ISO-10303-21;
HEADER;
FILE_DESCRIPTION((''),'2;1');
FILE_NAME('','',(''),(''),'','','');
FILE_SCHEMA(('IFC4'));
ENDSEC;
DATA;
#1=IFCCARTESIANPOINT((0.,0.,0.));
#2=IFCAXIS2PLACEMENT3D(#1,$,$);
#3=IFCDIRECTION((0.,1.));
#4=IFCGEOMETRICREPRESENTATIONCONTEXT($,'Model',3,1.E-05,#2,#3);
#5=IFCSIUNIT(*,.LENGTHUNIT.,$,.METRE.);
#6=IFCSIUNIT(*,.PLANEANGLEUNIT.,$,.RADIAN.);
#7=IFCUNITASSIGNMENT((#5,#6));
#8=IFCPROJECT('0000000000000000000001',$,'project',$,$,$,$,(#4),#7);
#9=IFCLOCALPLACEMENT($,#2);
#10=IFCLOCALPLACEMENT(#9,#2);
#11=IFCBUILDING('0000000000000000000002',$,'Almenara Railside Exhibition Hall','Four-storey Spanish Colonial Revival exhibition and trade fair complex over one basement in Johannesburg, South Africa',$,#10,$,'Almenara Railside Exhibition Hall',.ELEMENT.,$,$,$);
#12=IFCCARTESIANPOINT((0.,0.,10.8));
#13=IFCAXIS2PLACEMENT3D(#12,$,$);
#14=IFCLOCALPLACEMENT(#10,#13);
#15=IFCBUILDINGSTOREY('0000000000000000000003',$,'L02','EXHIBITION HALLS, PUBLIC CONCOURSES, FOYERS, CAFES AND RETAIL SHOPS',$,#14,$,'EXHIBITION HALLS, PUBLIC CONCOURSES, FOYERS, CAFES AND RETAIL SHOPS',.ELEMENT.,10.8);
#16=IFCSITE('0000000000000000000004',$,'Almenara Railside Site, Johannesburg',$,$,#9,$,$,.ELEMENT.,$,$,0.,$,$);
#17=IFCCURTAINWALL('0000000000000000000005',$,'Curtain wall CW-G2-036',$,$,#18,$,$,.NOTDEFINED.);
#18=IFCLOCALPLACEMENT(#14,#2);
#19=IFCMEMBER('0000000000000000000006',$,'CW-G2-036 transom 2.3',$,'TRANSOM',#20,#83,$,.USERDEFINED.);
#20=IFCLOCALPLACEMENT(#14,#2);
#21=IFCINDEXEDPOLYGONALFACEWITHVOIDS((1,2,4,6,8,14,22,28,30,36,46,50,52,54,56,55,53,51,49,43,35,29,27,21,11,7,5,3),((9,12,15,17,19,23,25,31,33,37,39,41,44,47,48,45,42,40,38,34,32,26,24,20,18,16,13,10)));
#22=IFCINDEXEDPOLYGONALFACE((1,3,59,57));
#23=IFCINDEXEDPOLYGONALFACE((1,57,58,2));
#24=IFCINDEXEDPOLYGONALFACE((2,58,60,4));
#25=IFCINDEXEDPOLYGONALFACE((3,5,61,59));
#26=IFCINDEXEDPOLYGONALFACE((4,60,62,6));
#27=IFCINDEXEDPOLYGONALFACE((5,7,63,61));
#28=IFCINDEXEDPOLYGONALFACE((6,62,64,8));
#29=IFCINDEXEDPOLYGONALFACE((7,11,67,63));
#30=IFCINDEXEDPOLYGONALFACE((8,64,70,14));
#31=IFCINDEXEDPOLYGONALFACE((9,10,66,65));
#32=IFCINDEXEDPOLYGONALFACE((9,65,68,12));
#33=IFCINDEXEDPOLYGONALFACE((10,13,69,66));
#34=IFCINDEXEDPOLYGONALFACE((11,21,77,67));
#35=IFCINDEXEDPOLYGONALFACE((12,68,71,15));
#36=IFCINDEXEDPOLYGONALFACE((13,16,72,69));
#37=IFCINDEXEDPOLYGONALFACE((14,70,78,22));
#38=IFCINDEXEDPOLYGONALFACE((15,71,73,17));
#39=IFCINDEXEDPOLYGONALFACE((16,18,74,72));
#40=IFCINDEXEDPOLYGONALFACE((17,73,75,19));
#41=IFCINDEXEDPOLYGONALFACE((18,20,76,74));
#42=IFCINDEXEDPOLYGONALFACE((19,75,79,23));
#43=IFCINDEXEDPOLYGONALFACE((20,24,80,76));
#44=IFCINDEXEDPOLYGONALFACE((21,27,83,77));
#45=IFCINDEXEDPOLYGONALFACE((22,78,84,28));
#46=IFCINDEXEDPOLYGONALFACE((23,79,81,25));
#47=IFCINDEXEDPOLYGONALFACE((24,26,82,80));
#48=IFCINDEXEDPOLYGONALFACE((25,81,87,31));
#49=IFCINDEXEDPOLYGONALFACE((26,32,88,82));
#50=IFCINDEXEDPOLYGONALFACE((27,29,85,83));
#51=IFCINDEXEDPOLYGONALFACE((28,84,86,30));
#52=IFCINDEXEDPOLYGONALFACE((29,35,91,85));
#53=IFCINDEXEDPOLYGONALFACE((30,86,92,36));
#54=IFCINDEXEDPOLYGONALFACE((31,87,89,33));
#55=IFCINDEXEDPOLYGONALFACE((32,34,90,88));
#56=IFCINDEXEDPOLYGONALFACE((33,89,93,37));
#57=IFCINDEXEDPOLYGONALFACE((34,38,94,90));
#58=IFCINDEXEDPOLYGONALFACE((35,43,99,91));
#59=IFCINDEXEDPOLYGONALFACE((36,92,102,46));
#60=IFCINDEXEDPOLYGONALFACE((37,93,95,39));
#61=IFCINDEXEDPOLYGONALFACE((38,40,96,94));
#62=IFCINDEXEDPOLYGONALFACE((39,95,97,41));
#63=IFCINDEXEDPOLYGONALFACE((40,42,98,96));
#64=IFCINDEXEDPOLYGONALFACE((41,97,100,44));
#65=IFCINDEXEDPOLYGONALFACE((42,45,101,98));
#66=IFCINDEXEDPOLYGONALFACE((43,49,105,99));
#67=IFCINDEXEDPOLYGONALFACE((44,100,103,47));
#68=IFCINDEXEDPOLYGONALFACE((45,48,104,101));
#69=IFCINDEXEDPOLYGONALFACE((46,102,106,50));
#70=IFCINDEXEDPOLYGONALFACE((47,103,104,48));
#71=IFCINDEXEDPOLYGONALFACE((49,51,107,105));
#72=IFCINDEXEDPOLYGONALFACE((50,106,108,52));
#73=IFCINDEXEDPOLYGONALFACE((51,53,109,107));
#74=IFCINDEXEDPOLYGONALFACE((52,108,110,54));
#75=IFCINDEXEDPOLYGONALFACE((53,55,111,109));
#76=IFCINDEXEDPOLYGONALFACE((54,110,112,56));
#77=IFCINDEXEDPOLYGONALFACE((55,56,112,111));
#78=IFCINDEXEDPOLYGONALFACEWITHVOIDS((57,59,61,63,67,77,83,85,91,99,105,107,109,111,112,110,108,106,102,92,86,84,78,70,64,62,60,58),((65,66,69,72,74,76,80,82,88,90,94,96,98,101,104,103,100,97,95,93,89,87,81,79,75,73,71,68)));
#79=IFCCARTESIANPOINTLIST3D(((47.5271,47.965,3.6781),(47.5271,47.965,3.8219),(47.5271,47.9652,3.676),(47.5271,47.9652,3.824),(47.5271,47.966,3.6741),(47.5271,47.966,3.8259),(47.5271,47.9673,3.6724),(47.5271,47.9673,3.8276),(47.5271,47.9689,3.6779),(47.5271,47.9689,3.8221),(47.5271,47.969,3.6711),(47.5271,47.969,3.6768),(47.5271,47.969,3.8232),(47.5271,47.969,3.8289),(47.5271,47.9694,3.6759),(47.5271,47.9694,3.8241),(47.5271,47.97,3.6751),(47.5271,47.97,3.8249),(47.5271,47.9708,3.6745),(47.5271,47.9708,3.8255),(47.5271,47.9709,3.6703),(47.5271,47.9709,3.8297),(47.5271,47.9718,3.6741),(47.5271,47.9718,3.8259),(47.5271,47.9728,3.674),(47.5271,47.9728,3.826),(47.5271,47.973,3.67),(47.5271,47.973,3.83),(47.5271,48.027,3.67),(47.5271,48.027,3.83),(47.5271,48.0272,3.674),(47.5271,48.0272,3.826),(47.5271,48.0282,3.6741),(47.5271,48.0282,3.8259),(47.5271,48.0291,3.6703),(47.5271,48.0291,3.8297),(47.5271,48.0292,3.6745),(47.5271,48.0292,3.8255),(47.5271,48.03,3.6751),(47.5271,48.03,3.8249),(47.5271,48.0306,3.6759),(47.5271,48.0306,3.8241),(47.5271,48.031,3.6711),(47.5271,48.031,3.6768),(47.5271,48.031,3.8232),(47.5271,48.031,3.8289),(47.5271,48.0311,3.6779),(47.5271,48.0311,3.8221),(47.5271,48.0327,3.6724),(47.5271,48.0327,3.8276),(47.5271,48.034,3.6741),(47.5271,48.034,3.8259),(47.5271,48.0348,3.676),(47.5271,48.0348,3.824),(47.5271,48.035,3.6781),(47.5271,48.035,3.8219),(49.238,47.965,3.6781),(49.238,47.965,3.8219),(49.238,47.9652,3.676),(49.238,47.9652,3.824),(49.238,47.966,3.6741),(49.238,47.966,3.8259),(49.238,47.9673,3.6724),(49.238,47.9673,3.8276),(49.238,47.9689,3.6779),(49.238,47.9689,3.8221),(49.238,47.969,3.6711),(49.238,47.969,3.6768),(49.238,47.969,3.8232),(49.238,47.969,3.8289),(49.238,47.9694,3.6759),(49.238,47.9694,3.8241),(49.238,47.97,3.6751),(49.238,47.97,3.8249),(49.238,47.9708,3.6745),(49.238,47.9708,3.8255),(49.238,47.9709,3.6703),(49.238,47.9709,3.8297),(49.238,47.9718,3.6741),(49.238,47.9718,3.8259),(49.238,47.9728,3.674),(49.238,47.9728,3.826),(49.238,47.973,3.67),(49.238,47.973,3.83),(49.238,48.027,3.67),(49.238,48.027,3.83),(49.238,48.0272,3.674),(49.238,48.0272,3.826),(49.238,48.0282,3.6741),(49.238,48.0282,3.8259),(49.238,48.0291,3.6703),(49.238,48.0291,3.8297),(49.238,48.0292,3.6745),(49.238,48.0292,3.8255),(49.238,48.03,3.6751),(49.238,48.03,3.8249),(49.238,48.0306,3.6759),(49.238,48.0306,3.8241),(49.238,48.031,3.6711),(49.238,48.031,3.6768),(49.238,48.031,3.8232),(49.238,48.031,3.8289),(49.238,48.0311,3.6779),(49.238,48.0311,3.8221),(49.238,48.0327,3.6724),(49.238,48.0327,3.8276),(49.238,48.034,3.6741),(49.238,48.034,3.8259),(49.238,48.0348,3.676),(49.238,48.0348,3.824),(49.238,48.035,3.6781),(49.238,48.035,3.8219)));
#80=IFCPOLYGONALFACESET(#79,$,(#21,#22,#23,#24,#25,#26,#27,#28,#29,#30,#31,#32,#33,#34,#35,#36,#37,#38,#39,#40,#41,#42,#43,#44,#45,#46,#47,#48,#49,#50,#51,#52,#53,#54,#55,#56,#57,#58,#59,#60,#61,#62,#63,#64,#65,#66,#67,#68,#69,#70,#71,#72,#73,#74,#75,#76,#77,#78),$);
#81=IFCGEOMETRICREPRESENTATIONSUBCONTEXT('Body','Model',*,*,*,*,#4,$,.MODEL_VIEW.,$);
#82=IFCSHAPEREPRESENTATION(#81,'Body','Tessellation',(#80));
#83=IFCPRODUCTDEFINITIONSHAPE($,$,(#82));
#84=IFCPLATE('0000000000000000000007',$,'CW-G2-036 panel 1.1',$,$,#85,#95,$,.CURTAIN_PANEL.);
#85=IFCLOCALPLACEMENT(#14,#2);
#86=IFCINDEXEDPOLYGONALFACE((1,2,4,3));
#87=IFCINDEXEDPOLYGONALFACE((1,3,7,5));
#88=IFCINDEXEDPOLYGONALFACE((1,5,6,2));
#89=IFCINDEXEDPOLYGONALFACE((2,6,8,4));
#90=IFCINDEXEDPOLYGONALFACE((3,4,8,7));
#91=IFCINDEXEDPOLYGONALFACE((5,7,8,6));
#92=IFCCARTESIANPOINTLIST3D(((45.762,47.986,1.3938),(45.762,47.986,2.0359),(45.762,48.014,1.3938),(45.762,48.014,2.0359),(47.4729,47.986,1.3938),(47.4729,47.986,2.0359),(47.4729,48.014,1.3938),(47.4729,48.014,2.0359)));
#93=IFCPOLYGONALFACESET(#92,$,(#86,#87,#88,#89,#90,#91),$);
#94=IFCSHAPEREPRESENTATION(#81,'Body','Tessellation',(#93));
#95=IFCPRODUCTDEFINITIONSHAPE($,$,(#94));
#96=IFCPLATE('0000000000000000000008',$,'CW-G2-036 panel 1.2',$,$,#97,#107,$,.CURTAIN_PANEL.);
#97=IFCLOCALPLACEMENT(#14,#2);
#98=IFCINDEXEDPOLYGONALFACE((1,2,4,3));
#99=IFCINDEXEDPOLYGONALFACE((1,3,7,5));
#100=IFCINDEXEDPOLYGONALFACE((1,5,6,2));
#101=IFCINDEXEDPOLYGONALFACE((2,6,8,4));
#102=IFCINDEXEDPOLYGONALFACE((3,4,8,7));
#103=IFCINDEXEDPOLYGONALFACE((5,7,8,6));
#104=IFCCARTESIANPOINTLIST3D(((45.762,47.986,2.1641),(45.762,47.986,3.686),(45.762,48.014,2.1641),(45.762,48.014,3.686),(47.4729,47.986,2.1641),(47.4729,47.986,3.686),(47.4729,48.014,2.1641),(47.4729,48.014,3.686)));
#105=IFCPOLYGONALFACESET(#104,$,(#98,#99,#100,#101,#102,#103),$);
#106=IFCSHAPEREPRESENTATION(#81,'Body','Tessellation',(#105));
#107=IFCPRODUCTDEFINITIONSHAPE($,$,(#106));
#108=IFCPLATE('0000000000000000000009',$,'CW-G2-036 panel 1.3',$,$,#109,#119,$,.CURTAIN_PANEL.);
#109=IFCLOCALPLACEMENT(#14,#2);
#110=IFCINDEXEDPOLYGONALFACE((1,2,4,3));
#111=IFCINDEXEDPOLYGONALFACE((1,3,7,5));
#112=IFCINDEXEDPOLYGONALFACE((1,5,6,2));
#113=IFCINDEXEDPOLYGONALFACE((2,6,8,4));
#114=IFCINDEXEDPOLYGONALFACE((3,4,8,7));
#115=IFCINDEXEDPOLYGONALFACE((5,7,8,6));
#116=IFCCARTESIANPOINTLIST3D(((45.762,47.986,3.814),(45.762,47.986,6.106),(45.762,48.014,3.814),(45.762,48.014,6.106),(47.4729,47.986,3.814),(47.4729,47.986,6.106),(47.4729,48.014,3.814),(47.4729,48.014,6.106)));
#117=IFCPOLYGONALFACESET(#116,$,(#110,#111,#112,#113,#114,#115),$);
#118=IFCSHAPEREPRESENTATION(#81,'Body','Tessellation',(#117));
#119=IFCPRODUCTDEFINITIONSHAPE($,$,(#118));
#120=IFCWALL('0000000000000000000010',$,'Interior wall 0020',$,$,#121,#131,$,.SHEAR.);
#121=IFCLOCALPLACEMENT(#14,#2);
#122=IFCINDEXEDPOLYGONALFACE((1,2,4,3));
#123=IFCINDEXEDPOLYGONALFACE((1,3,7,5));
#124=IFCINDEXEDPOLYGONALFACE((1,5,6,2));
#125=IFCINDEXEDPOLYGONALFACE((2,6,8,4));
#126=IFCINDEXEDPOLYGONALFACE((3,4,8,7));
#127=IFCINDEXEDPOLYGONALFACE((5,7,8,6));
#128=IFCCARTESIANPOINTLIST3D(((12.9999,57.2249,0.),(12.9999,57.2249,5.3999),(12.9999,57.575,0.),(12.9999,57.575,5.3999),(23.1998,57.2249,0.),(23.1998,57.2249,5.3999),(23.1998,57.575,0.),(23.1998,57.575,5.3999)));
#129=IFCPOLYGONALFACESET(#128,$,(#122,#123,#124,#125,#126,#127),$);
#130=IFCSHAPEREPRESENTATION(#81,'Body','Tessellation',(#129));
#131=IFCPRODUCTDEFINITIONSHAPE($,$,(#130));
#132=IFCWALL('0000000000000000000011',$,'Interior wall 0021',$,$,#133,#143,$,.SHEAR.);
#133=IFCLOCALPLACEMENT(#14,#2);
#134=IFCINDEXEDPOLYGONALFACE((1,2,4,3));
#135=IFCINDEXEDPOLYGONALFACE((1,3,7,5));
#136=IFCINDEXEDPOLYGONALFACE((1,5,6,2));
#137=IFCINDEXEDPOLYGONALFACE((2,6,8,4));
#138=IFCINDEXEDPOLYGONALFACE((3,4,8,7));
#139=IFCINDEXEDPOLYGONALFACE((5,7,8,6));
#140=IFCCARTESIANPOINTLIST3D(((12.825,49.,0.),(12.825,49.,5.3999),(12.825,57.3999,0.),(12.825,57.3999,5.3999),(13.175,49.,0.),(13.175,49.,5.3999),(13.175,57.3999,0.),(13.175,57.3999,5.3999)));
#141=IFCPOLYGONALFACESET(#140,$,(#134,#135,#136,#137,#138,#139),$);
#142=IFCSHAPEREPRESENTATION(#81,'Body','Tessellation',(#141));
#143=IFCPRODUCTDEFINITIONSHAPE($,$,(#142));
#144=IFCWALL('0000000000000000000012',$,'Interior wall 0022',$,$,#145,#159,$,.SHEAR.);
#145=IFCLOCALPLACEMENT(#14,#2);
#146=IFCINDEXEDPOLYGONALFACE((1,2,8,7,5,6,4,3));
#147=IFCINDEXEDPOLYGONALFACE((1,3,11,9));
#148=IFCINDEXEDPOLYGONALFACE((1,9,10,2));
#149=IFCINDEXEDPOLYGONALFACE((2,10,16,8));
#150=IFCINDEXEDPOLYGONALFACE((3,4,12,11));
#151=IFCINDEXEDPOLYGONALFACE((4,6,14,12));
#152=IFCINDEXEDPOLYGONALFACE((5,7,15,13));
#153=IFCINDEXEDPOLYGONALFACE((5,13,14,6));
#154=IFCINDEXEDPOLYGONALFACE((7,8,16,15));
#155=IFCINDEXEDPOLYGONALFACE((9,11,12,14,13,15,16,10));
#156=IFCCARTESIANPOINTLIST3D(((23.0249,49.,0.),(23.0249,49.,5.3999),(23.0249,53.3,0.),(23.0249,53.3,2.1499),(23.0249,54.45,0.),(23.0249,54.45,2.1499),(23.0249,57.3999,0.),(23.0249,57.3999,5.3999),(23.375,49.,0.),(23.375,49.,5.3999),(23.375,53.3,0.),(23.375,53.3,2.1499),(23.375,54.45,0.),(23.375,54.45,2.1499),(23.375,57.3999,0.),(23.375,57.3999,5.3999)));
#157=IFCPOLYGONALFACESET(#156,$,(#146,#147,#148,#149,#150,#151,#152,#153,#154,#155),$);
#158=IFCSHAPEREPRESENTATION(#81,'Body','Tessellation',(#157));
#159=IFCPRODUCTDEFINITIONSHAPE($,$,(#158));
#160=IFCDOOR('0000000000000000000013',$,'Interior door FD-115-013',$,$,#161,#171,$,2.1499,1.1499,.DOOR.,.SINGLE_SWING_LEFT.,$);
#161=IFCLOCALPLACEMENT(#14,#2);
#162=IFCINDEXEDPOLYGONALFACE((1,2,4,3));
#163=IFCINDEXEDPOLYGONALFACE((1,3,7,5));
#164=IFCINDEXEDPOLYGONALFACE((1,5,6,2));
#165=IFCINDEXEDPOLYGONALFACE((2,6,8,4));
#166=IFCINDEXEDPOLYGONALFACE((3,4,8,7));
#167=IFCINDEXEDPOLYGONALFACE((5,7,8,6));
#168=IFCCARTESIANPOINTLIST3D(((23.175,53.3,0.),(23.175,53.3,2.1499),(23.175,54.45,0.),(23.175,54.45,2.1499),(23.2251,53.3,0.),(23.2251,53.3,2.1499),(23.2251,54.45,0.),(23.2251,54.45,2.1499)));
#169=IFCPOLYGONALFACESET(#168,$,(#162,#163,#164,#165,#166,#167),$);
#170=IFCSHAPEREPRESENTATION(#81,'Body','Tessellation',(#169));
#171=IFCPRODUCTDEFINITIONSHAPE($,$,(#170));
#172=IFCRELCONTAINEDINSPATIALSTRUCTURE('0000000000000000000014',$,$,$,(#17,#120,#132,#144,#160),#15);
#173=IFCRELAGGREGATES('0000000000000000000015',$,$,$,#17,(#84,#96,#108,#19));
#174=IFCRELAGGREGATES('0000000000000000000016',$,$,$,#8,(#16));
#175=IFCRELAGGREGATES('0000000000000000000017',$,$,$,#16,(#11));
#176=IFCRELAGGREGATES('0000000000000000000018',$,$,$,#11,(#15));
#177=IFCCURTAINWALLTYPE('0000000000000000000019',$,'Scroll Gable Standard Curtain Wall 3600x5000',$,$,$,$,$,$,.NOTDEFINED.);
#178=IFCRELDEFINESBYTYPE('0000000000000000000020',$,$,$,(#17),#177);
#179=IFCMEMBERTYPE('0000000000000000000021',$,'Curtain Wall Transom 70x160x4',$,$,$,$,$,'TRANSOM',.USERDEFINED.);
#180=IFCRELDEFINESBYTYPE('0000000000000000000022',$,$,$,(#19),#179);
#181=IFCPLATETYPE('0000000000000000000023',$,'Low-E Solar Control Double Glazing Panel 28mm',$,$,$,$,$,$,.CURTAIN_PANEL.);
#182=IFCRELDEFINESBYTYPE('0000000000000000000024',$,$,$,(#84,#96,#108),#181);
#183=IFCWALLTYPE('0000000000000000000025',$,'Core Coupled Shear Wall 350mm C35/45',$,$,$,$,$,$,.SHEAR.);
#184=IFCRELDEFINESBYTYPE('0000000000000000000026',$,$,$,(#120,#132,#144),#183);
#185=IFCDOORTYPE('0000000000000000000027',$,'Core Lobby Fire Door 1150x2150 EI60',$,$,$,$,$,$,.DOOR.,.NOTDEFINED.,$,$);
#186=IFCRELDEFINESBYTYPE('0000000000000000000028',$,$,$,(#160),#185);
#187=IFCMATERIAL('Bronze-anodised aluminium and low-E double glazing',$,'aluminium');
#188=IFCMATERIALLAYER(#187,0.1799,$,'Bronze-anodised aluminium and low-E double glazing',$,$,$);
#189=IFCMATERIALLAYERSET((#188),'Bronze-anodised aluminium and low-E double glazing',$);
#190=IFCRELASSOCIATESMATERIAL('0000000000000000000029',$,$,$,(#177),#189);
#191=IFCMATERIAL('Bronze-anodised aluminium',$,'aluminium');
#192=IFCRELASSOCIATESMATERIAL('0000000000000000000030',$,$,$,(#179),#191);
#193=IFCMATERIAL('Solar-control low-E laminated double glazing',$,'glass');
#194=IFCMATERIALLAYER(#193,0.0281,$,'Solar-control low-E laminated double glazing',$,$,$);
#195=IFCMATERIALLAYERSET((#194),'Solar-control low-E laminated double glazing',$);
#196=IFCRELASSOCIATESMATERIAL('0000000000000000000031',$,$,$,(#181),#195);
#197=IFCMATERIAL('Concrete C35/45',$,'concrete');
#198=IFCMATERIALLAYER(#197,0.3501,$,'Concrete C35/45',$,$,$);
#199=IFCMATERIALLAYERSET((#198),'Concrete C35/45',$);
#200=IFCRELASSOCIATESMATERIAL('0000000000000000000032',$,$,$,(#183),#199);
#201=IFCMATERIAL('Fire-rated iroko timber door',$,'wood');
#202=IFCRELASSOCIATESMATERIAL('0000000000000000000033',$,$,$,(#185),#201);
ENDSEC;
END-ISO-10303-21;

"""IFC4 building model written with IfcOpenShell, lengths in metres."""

from ifc_helpers import new_model, si_unit, direction, frame, frame_2d, origin, origin_2d, place, context, subcontext, project, spatial, rectangle, hollow_rectangle, extrude, material, layer, layer_set, material_profile, profile_set, type_object, element, fill, aggregate, save


model = new_model("IFC4")

# Units and contexts
model_context = context("Model", 3, precision=1e-05, world=origin(), true_north=direction((0.0, 1.0)))
body_context = subcontext(model_context, "Body", "Model", "MODEL_VIEW")
ifc_project = project(units=[si_unit("LENGTHUNIT", "METRE"), si_unit("PLANEANGLEUNIT", "RADIAN")], contexts=[model_context])

# Site, building, storey
site_placement = place(None, origin())
site = spatial("IfcSite", under=ifc_project, at=site_placement, Name="Almenara Railside Site, Johannesburg", CompositionType="ELEMENT", RefElevation=0.0)
building_placement = place(site_placement, origin())
building = spatial("IfcBuilding", under=site, at=building_placement, Name="Almenara Railside Exhibition Hall", Description="Four-storey Spanish Colonial Revival exhibition and trade fair complex over one basement in Johannesburg, South Africa", LongName="Almenara Railside Exhibition Hall", CompositionType="ELEMENT")
storey_placement = place(building_placement, frame((0.0, 0.0, 10.8)))
storey = spatial("IfcBuildingStorey", under=building, at=storey_placement, Name="L02", Description="EXHIBITION HALLS, PUBLIC CONCOURSES, FOYERS, CAFES AND RETAIL SHOPS", LongName="EXHIBITION HALLS, PUBLIC CONCOURSES, FOYERS, CAFES AND RETAIL SHOPS", CompositionType="ELEMENT", Elevation=10.8)

# Curtain wall, member, plates
ifc_material_1 = material(Name="Bronze-anodised aluminium and low-E double glazing", Category="aluminium")
ifc_layer_1 = layer(ifc_material_1, 0.1799, Name="Bronze-anodised aluminium and low-E double glazing")
ifc_layer_set_1 = layer_set([ifc_layer_1], Name="Bronze-anodised aluminium and low-E double glazing")
curtain_wall_type = type_object("IfcCurtainWallType", Name="Scroll Gable Standard Curtain Wall 3600x5000", PredefinedType="NOTDEFINED", material=ifc_layer_set_1)
curtain_wall_placement = place(storey_placement, origin())
curtain_wall = element("IfcCurtainWall", 1, at=curtain_wall_placement, inside=storey, type_object=curtain_wall_type, Name="Curtain wall CW-G2-036", PredefinedType="NOTDEFINED")
ifc_material_2 = material(Name="Bronze-anodised aluminium", Category="aluminium")
ifc_material_profile_1 = material_profile(ifc_material_2, hollow_rectangle(XDim=0.0701, YDim=0.1599, WallThickness=0.0039, InnerFilletRadius=0.0039, OuterFilletRadius=0.0081, at=origin_2d()), Name="ALU-TRN 70x160x4")
ifc_profile_set_1 = profile_set([ifc_material_profile_1], Name="Bronze-anodised aluminium")
member_type_1 = type_object("IfcMemberType", Name="Curtain Wall Transom 70x160x4", ElementType="TRANSOM", PredefinedType="USERDEFINED", material=ifc_profile_set_1)
member_1_placement = place(storey_placement, frame((47.5271, 48.0, 3.75), z_axis=(1.0, 0.0, 0.0), x_axis=(0.0, 1.0, 0.0)))
member_1 = element("IfcMember", 2, at=member_1_placement, type_object=member_type_1, Name="CW-G2-036 transom 2.3", ObjectType="TRANSOM", PredefinedType="USERDEFINED", context=body_context, shape_type="SweptSolid", body=[
    extrude(hollow_rectangle(XDim=0.0701, YDim=0.1599, WallThickness=0.0039, InnerFilletRadius=0.0039, OuterFilletRadius=0.0081, at=origin_2d()), origin(), (0.0, 0.0, 1.0), 1.7109),
])
ifc_material_3 = material(Name="Solar-control low-E laminated double glazing", Category="glass")
ifc_layer_2 = layer(ifc_material_3, 0.0281, Name="Solar-control low-E laminated double glazing")
ifc_layer_set_2 = layer_set([ifc_layer_2], Name="Solar-control low-E laminated double glazing")
plate_type = type_object("IfcPlateType", Name="Low-E Solar Control Double Glazing Panel 28mm", PredefinedType="CURTAIN_PANEL", material=ifc_layer_set_2)
plate_1_placement = place(storey_placement, frame((46.6174, 48.0, 1.3938), z_axis=(0.0, 0.0, 1.0), x_axis=(1.0, 0.0, 0.0)))
plate_1 = element("IfcPlate", 3, at=plate_1_placement, type_object=plate_type, Name="CW-G2-036 panel 1.1", PredefinedType="CURTAIN_PANEL", context=body_context, shape_type="SweptSolid", body=[
    extrude(rectangle(XDim=1.7109, YDim=0.0281, at=origin_2d()), origin(), (0.0, 0.0, 1.0), 0.6421),
])
plate_2_placement = place(storey_placement, frame((46.6174, 48.0, 2.1641), z_axis=(0.0, 0.0, 1.0), x_axis=(1.0, 0.0, 0.0)))
plate_2 = element("IfcPlate", 4, at=plate_2_placement, type_object=plate_type, Name="CW-G2-036 panel 1.2", PredefinedType="CURTAIN_PANEL", context=body_context, shape_type="SweptSolid", body=[
    extrude(rectangle(XDim=1.7109, YDim=0.0281, at=origin_2d()), origin(), (0.0, 0.0, 1.0), 1.522),
])
plate_3_placement = place(storey_placement, frame((46.6174, 48.0, 3.814), z_axis=(0.0, 0.0, 1.0), x_axis=(1.0, 0.0, 0.0)))
plate_3 = element("IfcPlate", 5, at=plate_3_placement, type_object=plate_type, Name="CW-G2-036 panel 1.3", PredefinedType="CURTAIN_PANEL", context=body_context, shape_type="SweptSolid", body=[
    extrude(rectangle(XDim=1.7109, YDim=0.0281, at=origin_2d()), origin(), (0.0, 0.0, 1.0), 2.292),
])
aggregate(curtain_wall, [plate_1, plate_2, plate_3, member_1])

# Walls
ifc_material_4 = material(Name="Concrete C35/45", Category="concrete")
ifc_layer_3 = layer(ifc_material_4, 0.3501, Name="Concrete C35/45")
ifc_layer_set_3 = layer_set([ifc_layer_3], Name="Concrete C35/45")
wall_type_1 = type_object("IfcWallType", Name="Core Coupled Shear Wall 350mm C35/45", PredefinedType="SHEAR", material=ifc_layer_set_3)
wall_1_placement = place(storey_placement, frame((23.2, 57.3999, 0.0), z_axis=(0.0, 0.0, 1.0), x_axis=(-1.0, 0.0, 0.0)))
element("IfcWall", 6, at=wall_1_placement, inside=storey, type_object=wall_type_1, Name="Interior wall 0020", PredefinedType="SHEAR", context=body_context, shape_type="SweptSolid", body=[
    extrude(rectangle(XDim=10.2, YDim=0.3501, at=frame_2d((5.1001, 0.0))), origin(), (0.0, 0.0, 1.0), 5.3999),
])
wall_2_placement = place(storey_placement, frame((13.0, 57.3999, 0.0), z_axis=(0.0, 0.0, 1.0), x_axis=(0.0, -1.0, 0.0)))
element("IfcWall", 7, at=wall_2_placement, inside=storey, type_object=wall_type_1, Name="Interior wall 0021", PredefinedType="SHEAR", context=body_context, shape_type="SweptSolid", body=[
    extrude(rectangle(XDim=8.3999, YDim=0.3501, at=frame_2d((4.2, 0.0))), origin(), (0.0, 0.0, 1.0), 5.3999),
])

# Wall, opening, door
wall_3_placement = place(storey_placement, frame((23.2, 49.0, 0.0), z_axis=(0.0, 0.0, 1.0), x_axis=(0.0, 1.0, 0.0)))
wall_3 = element("IfcWall", 8, at=wall_3_placement, inside=storey, type_object=wall_type_1, Name="Interior wall 0022", PredefinedType="SHEAR", context=body_context, shape_type="SweptSolid", body=[
    extrude(rectangle(XDim=8.3999, YDim=0.3501, at=frame_2d((4.2, 0.0))), origin(), (0.0, 0.0, 1.0), 5.3999),
])
opening_1_placement = place(wall_3_placement, frame((4.3, 0.0, 0.0)))
opening_1 = element("IfcOpeningElement", 9, at=opening_1_placement, cuts=wall_3, PredefinedType="OPENING", context=body_context, shape_type="SweptSolid", body=[
    extrude(rectangle(XDim=1.1499, YDim=2.1499, at=frame_2d((0.575, 1.075))), frame((0.0, 0.1851, 0.0), z_axis=(0.0, -1.0, 0.0), x_axis=(1.0, 0.0, 0.0)), (0.0, 0.0, 1.0), 0.3701),
])
ifc_material_5 = material(Name="Fire-rated iroko timber door", Category="wood")
door_type_1 = type_object("IfcDoorType", Name="Core Lobby Fire Door 1150x2150 EI60", OperationType="NOTDEFINED", PredefinedType="DOOR", material=ifc_material_5)
door_1_placement = place(opening_1_placement, origin())
door_1 = element("IfcDoor", 10, at=door_1_placement, inside=storey, type_object=door_type_1, Name="Interior door FD-115-013", OperationType="SINGLE_SWING_LEFT", OverallHeight=2.1499, OverallWidth=1.1499, PredefinedType="DOOR", context=body_context, shape_type="SweptSolid", body=[
    extrude(rectangle(XDim=1.1499, YDim=2.1499, at=frame_2d((0.575, 1.075))), frame((0.0, 0.0249, 0.0), z_axis=(0.0, -1.0, 0.0), x_axis=(1.0, 0.0, 0.0)), (0.0, 0.0, 1.0), 0.05),
])
fill(opening_1, door_1)

save(model, "model.ifc")
